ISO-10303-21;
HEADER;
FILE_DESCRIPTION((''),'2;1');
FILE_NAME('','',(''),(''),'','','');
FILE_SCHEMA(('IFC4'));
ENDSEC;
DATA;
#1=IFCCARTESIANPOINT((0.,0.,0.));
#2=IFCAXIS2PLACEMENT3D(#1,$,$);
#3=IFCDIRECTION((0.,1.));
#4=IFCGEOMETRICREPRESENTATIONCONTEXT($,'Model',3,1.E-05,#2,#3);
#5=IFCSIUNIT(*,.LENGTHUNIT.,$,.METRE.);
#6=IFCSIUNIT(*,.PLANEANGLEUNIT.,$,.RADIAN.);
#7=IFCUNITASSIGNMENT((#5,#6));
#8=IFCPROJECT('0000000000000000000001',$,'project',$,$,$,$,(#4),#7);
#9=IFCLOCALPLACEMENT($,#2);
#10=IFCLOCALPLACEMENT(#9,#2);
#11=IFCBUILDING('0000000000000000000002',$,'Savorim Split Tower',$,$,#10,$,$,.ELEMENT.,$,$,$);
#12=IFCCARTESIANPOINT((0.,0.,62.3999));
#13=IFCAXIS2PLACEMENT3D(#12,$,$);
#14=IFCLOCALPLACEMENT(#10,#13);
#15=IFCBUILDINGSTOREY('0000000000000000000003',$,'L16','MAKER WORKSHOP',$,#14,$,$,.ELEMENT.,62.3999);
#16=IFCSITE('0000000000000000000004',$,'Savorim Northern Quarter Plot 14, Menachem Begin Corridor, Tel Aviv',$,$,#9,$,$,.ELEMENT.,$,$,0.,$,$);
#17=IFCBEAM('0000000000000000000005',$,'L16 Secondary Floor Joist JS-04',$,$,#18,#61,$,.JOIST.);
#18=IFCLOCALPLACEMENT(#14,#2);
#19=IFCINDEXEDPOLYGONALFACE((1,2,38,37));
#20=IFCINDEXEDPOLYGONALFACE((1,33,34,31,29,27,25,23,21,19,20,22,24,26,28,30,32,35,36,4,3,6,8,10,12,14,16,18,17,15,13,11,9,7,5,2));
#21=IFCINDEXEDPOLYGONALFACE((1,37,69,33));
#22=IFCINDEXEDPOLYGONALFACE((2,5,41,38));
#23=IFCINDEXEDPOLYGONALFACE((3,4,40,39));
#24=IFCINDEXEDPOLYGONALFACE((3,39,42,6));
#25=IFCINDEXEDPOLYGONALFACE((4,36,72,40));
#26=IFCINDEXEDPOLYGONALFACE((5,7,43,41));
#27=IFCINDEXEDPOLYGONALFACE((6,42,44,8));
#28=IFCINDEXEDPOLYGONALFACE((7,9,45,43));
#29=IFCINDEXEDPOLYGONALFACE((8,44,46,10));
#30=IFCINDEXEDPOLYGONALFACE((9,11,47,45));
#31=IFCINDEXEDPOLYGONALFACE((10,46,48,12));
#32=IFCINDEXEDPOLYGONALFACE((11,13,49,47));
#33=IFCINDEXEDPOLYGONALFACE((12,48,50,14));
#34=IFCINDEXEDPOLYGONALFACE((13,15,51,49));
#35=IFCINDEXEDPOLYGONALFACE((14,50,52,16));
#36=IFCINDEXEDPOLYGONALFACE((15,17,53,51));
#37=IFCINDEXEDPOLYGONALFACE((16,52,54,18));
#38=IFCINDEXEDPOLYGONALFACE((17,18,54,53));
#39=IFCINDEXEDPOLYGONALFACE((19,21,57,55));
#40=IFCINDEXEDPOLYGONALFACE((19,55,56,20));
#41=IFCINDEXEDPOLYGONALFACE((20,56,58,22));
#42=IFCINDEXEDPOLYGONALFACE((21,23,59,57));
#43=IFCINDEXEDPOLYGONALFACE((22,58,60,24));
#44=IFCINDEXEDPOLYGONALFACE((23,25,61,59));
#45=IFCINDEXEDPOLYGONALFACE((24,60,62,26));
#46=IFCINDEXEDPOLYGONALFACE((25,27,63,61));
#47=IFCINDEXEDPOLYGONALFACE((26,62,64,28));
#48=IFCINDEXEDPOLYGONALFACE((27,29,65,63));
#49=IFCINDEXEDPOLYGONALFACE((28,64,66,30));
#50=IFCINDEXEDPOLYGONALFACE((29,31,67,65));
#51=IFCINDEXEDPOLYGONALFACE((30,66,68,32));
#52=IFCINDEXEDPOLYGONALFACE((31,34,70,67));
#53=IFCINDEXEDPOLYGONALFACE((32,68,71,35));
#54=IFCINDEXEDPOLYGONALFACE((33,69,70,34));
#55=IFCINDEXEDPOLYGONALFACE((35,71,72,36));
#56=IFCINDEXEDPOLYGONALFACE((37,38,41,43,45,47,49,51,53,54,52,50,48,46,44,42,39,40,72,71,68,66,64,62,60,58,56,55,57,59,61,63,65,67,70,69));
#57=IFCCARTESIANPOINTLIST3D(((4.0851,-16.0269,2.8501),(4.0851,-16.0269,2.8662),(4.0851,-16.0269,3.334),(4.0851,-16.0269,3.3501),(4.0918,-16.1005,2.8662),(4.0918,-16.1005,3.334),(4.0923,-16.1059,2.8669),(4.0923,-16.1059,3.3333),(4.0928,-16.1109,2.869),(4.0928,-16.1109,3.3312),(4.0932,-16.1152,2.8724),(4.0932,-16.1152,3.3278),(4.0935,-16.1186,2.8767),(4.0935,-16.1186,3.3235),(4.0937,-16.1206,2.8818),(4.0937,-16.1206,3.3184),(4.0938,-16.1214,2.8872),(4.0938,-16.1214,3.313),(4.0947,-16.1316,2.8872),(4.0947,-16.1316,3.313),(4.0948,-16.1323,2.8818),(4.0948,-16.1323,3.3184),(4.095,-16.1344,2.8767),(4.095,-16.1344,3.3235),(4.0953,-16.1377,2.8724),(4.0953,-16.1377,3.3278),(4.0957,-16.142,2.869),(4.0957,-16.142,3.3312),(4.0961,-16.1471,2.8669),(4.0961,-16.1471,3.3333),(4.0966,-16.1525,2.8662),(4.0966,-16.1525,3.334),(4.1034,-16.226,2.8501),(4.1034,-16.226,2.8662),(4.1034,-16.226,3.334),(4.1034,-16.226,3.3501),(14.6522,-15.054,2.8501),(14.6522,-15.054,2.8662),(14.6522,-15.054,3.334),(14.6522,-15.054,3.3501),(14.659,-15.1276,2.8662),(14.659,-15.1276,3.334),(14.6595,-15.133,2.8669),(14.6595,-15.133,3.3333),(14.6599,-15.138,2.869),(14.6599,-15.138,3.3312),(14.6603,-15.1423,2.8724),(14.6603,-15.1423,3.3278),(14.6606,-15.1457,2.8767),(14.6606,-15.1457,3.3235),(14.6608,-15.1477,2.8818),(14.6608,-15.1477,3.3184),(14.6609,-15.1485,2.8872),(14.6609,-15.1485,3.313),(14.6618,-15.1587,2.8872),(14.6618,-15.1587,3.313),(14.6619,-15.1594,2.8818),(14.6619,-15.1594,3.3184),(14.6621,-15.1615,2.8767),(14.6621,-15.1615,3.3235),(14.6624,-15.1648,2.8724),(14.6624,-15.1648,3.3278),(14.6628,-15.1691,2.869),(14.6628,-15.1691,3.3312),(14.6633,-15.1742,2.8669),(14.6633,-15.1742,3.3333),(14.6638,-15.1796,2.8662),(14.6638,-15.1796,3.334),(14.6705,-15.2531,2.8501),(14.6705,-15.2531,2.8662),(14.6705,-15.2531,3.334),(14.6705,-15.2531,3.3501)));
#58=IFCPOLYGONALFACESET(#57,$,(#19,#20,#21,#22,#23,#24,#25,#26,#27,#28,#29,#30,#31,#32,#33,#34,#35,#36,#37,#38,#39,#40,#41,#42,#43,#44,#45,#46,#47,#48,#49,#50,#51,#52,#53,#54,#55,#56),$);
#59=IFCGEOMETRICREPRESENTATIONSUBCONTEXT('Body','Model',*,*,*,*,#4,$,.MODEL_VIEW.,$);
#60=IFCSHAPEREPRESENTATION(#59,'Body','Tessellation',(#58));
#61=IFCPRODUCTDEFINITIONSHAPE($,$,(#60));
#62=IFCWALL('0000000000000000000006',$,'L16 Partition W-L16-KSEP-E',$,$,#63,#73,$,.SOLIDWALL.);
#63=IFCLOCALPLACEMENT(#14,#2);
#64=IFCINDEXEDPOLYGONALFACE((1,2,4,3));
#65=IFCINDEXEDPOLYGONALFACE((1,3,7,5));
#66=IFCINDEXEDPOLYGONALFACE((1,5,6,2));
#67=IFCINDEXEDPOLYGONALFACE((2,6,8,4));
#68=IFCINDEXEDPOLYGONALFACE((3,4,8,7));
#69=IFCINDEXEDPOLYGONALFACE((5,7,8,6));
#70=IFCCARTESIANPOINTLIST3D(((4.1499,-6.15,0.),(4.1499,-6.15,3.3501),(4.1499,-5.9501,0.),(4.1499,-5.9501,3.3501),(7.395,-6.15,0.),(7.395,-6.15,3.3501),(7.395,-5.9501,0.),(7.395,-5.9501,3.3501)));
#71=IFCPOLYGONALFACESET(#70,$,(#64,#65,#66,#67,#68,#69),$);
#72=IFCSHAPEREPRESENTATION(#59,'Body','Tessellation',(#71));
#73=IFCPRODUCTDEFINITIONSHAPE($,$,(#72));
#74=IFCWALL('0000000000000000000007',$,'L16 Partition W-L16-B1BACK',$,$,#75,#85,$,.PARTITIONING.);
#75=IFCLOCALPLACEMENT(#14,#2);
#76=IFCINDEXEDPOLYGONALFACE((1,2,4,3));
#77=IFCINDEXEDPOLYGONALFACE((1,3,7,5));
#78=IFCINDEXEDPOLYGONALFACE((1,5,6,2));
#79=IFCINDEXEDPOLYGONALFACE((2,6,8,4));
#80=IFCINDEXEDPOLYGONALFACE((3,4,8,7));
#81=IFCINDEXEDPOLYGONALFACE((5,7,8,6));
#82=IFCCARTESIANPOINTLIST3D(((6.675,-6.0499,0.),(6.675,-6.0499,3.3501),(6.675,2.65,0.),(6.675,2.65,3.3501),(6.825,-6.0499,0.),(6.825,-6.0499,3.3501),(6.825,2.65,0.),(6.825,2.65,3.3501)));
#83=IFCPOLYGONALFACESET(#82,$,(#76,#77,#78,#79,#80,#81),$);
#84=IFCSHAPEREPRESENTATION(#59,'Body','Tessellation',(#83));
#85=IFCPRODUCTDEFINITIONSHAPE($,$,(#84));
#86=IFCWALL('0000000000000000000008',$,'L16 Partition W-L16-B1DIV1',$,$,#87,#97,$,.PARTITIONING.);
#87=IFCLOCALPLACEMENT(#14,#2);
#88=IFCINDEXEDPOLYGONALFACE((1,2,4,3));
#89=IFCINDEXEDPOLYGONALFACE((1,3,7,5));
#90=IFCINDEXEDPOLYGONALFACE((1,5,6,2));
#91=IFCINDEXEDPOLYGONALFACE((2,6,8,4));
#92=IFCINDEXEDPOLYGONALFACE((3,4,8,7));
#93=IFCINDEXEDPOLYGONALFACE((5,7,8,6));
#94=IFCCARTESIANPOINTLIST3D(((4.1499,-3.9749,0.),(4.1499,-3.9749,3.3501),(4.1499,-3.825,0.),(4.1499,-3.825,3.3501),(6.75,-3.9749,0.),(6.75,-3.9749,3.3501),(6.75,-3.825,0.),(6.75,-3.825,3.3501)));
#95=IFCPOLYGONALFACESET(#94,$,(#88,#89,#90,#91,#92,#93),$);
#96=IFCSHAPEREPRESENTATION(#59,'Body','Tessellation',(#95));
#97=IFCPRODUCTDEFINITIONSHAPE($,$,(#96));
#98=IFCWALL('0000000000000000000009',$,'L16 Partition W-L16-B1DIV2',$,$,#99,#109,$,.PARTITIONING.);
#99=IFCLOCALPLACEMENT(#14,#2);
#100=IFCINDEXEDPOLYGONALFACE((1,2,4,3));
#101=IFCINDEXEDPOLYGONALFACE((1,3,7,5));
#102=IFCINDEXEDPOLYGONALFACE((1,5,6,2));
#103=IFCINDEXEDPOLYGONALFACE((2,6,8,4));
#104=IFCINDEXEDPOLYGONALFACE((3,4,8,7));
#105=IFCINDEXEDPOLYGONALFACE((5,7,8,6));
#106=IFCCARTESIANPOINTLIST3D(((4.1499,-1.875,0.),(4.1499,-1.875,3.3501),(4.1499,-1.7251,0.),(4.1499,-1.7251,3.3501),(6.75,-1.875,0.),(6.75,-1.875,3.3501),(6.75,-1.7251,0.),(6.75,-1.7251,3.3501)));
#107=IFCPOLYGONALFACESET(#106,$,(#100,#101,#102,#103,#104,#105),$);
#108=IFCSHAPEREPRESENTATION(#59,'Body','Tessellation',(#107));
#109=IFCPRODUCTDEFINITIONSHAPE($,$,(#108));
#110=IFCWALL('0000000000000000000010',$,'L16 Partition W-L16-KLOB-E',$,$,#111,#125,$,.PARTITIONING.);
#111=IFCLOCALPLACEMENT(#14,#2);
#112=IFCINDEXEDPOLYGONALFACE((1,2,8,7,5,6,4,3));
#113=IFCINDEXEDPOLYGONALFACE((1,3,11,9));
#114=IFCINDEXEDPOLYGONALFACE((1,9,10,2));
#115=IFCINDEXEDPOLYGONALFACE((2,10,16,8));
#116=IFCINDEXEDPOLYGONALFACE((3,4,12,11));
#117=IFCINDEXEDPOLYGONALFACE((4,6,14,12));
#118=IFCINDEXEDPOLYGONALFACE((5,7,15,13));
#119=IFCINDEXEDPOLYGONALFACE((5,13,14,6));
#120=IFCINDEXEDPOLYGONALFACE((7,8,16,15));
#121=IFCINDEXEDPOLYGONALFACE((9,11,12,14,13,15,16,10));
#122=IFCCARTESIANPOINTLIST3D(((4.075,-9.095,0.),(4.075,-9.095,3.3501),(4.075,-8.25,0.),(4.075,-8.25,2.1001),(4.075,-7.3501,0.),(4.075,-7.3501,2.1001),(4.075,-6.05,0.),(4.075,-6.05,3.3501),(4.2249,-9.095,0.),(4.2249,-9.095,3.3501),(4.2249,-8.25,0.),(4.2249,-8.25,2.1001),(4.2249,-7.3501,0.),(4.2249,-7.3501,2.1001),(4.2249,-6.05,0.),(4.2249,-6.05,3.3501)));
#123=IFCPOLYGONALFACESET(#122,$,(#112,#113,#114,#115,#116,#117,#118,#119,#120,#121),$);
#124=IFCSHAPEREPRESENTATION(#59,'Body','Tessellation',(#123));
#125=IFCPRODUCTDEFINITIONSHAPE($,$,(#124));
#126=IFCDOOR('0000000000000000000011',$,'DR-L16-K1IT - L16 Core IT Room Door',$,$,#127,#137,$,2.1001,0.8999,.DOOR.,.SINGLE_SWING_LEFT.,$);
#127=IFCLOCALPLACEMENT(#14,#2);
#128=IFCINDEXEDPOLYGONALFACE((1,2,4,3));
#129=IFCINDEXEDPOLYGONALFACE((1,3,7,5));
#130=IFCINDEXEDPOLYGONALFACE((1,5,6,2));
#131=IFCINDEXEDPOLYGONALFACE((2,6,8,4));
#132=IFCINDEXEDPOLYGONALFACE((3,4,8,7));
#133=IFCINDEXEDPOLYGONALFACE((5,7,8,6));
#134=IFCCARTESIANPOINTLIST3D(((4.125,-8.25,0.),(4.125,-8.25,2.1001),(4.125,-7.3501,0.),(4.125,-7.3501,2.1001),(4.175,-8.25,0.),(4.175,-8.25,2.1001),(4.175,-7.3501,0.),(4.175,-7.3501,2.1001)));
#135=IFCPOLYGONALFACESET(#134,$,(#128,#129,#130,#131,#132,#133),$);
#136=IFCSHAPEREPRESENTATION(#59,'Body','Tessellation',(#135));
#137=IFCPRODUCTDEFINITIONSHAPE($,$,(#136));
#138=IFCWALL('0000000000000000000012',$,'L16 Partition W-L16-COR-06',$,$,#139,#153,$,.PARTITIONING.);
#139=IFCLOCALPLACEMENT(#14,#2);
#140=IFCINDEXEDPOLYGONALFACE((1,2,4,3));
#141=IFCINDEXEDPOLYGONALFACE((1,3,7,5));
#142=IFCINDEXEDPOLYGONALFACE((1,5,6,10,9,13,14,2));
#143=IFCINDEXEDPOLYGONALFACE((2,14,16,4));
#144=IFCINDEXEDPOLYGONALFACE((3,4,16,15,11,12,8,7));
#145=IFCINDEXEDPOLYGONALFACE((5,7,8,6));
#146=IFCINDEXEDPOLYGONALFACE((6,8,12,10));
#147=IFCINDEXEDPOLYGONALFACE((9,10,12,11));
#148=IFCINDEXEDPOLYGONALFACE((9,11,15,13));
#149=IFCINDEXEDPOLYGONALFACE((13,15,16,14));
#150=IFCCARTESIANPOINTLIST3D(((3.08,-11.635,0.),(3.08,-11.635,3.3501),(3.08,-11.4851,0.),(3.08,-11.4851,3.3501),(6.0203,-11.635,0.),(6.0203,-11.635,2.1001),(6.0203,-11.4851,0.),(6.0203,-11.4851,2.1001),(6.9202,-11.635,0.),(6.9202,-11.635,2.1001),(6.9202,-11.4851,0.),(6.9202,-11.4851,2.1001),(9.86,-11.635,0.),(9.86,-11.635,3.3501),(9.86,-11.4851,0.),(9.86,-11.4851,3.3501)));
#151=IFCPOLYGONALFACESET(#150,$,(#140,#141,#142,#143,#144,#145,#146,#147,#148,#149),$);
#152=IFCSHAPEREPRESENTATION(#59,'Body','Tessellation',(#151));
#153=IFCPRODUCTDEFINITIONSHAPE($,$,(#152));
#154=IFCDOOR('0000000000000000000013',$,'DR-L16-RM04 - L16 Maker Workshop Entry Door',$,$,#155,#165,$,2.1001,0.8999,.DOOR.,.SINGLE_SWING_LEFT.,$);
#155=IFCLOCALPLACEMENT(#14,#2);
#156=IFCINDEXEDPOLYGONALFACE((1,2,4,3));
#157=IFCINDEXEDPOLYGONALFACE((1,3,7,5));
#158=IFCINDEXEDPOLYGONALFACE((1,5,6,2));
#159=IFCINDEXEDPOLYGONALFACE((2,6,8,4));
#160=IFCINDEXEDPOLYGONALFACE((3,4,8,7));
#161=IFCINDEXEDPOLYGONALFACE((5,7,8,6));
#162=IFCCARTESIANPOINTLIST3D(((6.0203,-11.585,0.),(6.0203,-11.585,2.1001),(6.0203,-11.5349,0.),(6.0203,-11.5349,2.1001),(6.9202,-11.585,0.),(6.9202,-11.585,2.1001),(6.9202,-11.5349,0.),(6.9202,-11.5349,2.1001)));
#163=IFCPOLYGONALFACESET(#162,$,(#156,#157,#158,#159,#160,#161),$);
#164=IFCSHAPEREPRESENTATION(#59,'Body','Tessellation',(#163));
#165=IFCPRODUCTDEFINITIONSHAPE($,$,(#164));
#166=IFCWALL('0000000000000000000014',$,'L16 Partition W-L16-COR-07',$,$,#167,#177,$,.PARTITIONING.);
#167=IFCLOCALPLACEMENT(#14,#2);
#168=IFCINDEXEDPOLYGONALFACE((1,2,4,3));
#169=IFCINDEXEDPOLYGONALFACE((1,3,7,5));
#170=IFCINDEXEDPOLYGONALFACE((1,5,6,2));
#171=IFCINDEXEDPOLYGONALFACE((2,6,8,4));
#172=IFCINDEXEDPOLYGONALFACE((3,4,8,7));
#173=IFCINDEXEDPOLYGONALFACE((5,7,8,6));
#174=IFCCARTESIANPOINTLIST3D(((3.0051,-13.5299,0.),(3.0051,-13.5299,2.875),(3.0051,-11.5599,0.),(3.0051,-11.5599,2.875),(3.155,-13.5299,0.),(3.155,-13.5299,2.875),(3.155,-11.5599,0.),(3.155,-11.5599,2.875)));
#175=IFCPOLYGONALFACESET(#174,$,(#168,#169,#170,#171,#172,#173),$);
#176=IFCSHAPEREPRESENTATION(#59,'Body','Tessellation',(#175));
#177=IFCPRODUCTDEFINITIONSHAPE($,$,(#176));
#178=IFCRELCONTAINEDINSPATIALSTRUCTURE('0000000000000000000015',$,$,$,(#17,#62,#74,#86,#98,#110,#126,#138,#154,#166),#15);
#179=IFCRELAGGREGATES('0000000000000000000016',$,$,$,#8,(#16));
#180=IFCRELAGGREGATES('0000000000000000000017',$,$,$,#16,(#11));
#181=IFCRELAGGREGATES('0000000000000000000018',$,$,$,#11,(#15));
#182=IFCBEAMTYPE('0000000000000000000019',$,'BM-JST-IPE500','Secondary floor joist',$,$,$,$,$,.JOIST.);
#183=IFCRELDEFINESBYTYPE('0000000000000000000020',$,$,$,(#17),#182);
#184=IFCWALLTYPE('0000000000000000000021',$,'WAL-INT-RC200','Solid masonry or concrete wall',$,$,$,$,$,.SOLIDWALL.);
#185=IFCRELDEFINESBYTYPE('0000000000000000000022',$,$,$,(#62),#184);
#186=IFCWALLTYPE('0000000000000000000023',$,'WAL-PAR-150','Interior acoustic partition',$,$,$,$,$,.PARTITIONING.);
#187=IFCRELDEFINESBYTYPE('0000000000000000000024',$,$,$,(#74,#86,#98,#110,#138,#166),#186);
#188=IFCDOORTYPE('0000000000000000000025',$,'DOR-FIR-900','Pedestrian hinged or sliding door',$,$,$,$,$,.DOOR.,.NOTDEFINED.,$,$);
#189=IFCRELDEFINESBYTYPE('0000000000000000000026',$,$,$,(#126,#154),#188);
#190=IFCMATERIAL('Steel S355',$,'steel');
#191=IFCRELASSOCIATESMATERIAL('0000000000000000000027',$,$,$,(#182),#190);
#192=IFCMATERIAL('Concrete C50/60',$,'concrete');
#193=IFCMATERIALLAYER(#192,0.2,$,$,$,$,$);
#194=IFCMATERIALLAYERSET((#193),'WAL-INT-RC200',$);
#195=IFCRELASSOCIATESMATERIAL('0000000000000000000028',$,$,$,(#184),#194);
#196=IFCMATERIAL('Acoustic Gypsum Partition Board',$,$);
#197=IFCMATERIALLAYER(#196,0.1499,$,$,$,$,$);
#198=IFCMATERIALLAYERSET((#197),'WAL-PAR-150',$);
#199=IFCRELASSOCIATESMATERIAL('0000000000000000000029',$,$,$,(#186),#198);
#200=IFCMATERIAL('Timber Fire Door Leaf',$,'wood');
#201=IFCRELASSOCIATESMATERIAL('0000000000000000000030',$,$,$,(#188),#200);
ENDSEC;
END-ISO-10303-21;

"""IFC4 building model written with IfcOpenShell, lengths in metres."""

from ifc_helpers import new_model, si_unit, direction, frame, frame_2d, origin, origin_2d, place, context, subcontext, project, spatial, rectangle, i_section, extrude, material, layer, layer_set, material_profile, profile_set, type_object, element, fill, save


model = new_model("IFC4")

# Units and contexts
model_context = context("Model", 3, precision=1e-05, world=origin(), true_north=direction((0.0, 1.0)))
body_context = subcontext(model_context, "Body", "Model", "MODEL_VIEW")
ifc_project = project(units=[si_unit("LENGTHUNIT", "METRE"), si_unit("PLANEANGLEUNIT", "RADIAN")], contexts=[model_context])

# Site, building, storey
site_placement = place(None, origin())
site = spatial("IfcSite", under=ifc_project, at=site_placement, Name="Savorim Northern Quarter Plot 14, Menachem Begin Corridor, Tel Aviv", CompositionType="ELEMENT", RefElevation=0.0)
building_placement = place(site_placement, origin())
building = spatial("IfcBuilding", under=site, at=building_placement, Name="Savorim Split Tower", CompositionType="ELEMENT")
storey_placement = place(building_placement, frame((0.0, 0.0, 62.3999)))
storey = spatial("IfcBuildingStorey", under=building, at=storey_placement, Name="L16", Description="MAKER WORKSHOP", CompositionType="ELEMENT", Elevation=62.3999)

# Beam
ifc_material_1 = material(Name="Steel S355", Category="steel")
ifc_material_profile_1 = material_profile(ifc_material_1, i_section(OverallWidth=0.2, OverallDepth=0.5, WebThickness=0.0103, FlangeThickness=0.0161, FilletRadius=0.021, at=origin_2d()), Name="IPE 500")
ifc_profile_set_1 = profile_set([ifc_material_profile_1], Name="Steel S355")
beam_type_1 = type_object("IfcBeamType", Name="BM-JST-IPE500", Description="Secondary floor joist", PredefinedType="JOIST", material=ifc_profile_set_1)
beam_1_placement = place(storey_placement, frame((4.0942, -16.1265, 3.1001), z_axis=(0.995788, 0.091681, 0.0), x_axis=(-0.091681, 0.995788, 0.0)))
element("IfcBeam", 1, at=beam_1_placement, inside=storey, type_object=beam_type_1, Name="L16 Secondary Floor Joist JS-04", PredefinedType="JOIST", context=body_context, shape_type="SweptSolid", body=[
    extrude(i_section(OverallWidth=0.2, OverallDepth=0.5, WebThickness=0.0103, FlangeThickness=0.0161, FilletRadius=0.021, at=origin_2d()), origin(), (0.0, 0.0, 1.0), 10.6118),
])

# Shared definitions
ifc_material_2 = material(Name="Concrete C50/60", Category="concrete")
ifc_layer_1 = layer(ifc_material_2, 0.2)
ifc_layer_set_1 = layer_set([ifc_layer_1], Name="WAL-INT-RC200")
wall_type_1 = type_object("IfcWallType", Name="WAL-INT-RC200", Description="Solid masonry or concrete wall", PredefinedType="SOLIDWALL", material=ifc_layer_set_1)

# Walls
wall_1_placement = place(storey_placement, frame((4.1499, -6.05, 0.0), z_axis=(0.0, 0.0, 1.0), x_axis=(1.0, 0.0, 0.0)))
element("IfcWall", 2, at=wall_1_placement, inside=storey, type_object=wall_type_1, Name="L16 Partition W-L16-KSEP-E", PredefinedType="SOLIDWALL", context=body_context, shape_type="SweptSolid", body=[
    extrude(rectangle(XDim=3.2451, YDim=0.2, at=frame_2d((1.6226, 0.0))), origin(), (0.0, 0.0, 1.0), 3.3501),
])
ifc_material_3 = material(Name="Acoustic Gypsum Partition Board")
ifc_layer_2 = layer(ifc_material_3, 0.1499)
ifc_layer_set_2 = layer_set([ifc_layer_2], Name="WAL-PAR-150")
wall_type_2 = type_object("IfcWallType", Name="WAL-PAR-150", Description="Interior acoustic partition", PredefinedType="PARTITIONING", material=ifc_layer_set_2)
wall_2_placement = place(storey_placement, frame((6.75, -6.05, 0.0), z_axis=(0.0, 0.0, 1.0), x_axis=(0.0, 1.0, 0.0)))
element("IfcWall", 3, at=wall_2_placement, inside=storey, type_object=wall_type_2, Name="L16 Partition W-L16-B1BACK", PredefinedType="PARTITIONING", context=body_context, shape_type="SweptSolid", body=[
    extrude(rectangle(XDim=8.7, YDim=0.1499, at=frame_2d((4.3501, 0.0))), origin(), (0.0, 0.0, 1.0), 3.3501),
])
for number, where, z_axis, x_axis, name in (
    (4, (4.1499, -3.8999, 0.0), (0.0, 0.0, 1.0), (1.0, 0.0, 0.0), "L16 Partition W-L16-B1DIV1"),
    (5, (4.1499, -1.8, 0.0), (0.0, 0.0, 1.0), (1.0, 0.0, 0.0), "L16 Partition W-L16-B1DIV2"),
):
    element("IfcWall", number, at=place(storey_placement, frame(where, z_axis=z_axis, x_axis=x_axis)), inside=storey, type_object=wall_type_2, Name=name, PredefinedType="PARTITIONING", context=body_context, shape_type="SweptSolid", body=[
        extrude(rectangle(XDim=2.6001, YDim=0.1499, at=frame_2d((1.3, 0.0))), origin(), (0.0, 0.0, 1.0), 3.3501),
    ])

# Walls, openings, doors
wall_3_placement = place(storey_placement, frame((4.1499, -9.095, 0.0), z_axis=(0.0, 0.0, 1.0), x_axis=(0.0, 1.0, 0.0)))
wall_3 = element("IfcWall", 6, at=wall_3_placement, inside=storey, type_object=wall_type_2, Name="L16 Partition W-L16-KLOB-E", PredefinedType="PARTITIONING", context=body_context, shape_type="SweptSolid", body=[
    extrude(rectangle(XDim=3.0449, YDim=0.1499, at=frame_2d((1.5225, 0.0))), origin(), (0.0, 0.0, 1.0), 3.3501),
])
opening_1_placement = place(wall_3_placement, frame((0.845, 0.0, 0.0)))
opening_1 = element("IfcOpeningElement", 7, at=opening_1_placement, cuts=wall_3, PredefinedType="OPENING", context=body_context, shape_type="SweptSolid", body=[
    extrude(rectangle(XDim=0.8999, YDim=2.1001, at=frame_2d((0.45, 1.05))), frame((0.0, 0.085, 0.0), z_axis=(0.0, -1.0, 0.0), x_axis=(1.0, 0.0, 0.0)), (0.0, 0.0, 1.0), 0.1699),
])
ifc_material_4 = material(Name="Timber Fire Door Leaf", Category="wood")
door_type_1 = type_object("IfcDoorType", Name="DOR-FIR-900", Description="Pedestrian hinged or sliding door", OperationType="NOTDEFINED", PredefinedType="DOOR", material=ifc_material_4)
door_1_placement = place(opening_1_placement, origin())
door_1 = element("IfcDoor", 8, at=door_1_placement, inside=storey, type_object=door_type_1, Name="DR-L16-K1IT - L16 Core IT Room Door", OperationType="SINGLE_SWING_LEFT", OverallHeight=2.1001, OverallWidth=0.8999, PredefinedType="DOOR", context=body_context, shape_type="SweptSolid", body=[
    extrude(rectangle(XDim=0.8999, YDim=2.1001, at=frame_2d((0.45, 1.05))), frame((0.0, 0.0249, 0.0), z_axis=(0.0, -1.0, 0.0), x_axis=(1.0, 0.0, 0.0)), (0.0, 0.0, 1.0), 0.05),
])
fill(opening_1, door_1)
wall_4_placement = place(storey_placement, frame((9.8601, -11.5601, 0.0), z_axis=(0.0, 0.0, 1.0), x_axis=(-1.0, 0.0, 0.0)))
wall_4 = element("IfcWall", 9, at=wall_4_placement, inside=storey, type_object=wall_type_2, Name="L16 Partition W-L16-COR-06", PredefinedType="PARTITIONING", context=body_context, shape_type="SweptSolid", body=[
    extrude(rectangle(XDim=6.78, YDim=0.1499, at=frame_2d((3.3901, 0.0))), origin(), (0.0, 0.0, 1.0), 3.3501),
])
opening_2_placement = place(wall_4_placement, frame((2.9399, 0.0, 0.0)))
opening_2 = element("IfcOpeningElement", 10, at=opening_2_placement, cuts=wall_4, PredefinedType="OPENING", context=body_context, shape_type="SweptSolid", body=[
    extrude(rectangle(XDim=0.8999, YDim=2.1001, at=frame_2d((0.45, 1.05))), frame((0.0, 0.085, 0.0), z_axis=(0.0, -1.0, 0.0), x_axis=(1.0, 0.0, 0.0)), (0.0, 0.0, 1.0), 0.1699),
])
door_2_placement = place(opening_2_placement, origin())
door_2 = element("IfcDoor", 11, at=door_2_placement, inside=storey, type_object=door_type_1, Name="DR-L16-RM04 - L16 Maker Workshop Entry Door", OperationType="SINGLE_SWING_LEFT", OverallHeight=2.1001, OverallWidth=0.8999, PredefinedType="DOOR", context=body_context, shape_type="SweptSolid", body=[
    extrude(rectangle(XDim=0.8999, YDim=2.1001, at=frame_2d((0.45, 1.05))), frame((0.0, 0.0249, 0.0), z_axis=(0.0, -1.0, 0.0), x_axis=(1.0, 0.0, 0.0)), (0.0, 0.0, 1.0), 0.05),
])
fill(opening_2, door_2)

# Wall
wall_5_placement = place(storey_placement, frame((3.0801, -11.5601, 0.0), z_axis=(0.0, 0.0, 1.0), x_axis=(0.0, -1.0, 0.0)))
element("IfcWall", 12, at=wall_5_placement, inside=storey, type_object=wall_type_2, Name="L16 Partition W-L16-COR-07", PredefinedType="PARTITIONING", context=body_context, shape_type="SweptSolid", body=[
    extrude(rectangle(XDim=1.97, YDim=0.1499, at=frame_2d((0.9849, 0.0))), origin(), (0.0, 0.0, 1.0), 2.875),
])

save(model, "model.ifc")
